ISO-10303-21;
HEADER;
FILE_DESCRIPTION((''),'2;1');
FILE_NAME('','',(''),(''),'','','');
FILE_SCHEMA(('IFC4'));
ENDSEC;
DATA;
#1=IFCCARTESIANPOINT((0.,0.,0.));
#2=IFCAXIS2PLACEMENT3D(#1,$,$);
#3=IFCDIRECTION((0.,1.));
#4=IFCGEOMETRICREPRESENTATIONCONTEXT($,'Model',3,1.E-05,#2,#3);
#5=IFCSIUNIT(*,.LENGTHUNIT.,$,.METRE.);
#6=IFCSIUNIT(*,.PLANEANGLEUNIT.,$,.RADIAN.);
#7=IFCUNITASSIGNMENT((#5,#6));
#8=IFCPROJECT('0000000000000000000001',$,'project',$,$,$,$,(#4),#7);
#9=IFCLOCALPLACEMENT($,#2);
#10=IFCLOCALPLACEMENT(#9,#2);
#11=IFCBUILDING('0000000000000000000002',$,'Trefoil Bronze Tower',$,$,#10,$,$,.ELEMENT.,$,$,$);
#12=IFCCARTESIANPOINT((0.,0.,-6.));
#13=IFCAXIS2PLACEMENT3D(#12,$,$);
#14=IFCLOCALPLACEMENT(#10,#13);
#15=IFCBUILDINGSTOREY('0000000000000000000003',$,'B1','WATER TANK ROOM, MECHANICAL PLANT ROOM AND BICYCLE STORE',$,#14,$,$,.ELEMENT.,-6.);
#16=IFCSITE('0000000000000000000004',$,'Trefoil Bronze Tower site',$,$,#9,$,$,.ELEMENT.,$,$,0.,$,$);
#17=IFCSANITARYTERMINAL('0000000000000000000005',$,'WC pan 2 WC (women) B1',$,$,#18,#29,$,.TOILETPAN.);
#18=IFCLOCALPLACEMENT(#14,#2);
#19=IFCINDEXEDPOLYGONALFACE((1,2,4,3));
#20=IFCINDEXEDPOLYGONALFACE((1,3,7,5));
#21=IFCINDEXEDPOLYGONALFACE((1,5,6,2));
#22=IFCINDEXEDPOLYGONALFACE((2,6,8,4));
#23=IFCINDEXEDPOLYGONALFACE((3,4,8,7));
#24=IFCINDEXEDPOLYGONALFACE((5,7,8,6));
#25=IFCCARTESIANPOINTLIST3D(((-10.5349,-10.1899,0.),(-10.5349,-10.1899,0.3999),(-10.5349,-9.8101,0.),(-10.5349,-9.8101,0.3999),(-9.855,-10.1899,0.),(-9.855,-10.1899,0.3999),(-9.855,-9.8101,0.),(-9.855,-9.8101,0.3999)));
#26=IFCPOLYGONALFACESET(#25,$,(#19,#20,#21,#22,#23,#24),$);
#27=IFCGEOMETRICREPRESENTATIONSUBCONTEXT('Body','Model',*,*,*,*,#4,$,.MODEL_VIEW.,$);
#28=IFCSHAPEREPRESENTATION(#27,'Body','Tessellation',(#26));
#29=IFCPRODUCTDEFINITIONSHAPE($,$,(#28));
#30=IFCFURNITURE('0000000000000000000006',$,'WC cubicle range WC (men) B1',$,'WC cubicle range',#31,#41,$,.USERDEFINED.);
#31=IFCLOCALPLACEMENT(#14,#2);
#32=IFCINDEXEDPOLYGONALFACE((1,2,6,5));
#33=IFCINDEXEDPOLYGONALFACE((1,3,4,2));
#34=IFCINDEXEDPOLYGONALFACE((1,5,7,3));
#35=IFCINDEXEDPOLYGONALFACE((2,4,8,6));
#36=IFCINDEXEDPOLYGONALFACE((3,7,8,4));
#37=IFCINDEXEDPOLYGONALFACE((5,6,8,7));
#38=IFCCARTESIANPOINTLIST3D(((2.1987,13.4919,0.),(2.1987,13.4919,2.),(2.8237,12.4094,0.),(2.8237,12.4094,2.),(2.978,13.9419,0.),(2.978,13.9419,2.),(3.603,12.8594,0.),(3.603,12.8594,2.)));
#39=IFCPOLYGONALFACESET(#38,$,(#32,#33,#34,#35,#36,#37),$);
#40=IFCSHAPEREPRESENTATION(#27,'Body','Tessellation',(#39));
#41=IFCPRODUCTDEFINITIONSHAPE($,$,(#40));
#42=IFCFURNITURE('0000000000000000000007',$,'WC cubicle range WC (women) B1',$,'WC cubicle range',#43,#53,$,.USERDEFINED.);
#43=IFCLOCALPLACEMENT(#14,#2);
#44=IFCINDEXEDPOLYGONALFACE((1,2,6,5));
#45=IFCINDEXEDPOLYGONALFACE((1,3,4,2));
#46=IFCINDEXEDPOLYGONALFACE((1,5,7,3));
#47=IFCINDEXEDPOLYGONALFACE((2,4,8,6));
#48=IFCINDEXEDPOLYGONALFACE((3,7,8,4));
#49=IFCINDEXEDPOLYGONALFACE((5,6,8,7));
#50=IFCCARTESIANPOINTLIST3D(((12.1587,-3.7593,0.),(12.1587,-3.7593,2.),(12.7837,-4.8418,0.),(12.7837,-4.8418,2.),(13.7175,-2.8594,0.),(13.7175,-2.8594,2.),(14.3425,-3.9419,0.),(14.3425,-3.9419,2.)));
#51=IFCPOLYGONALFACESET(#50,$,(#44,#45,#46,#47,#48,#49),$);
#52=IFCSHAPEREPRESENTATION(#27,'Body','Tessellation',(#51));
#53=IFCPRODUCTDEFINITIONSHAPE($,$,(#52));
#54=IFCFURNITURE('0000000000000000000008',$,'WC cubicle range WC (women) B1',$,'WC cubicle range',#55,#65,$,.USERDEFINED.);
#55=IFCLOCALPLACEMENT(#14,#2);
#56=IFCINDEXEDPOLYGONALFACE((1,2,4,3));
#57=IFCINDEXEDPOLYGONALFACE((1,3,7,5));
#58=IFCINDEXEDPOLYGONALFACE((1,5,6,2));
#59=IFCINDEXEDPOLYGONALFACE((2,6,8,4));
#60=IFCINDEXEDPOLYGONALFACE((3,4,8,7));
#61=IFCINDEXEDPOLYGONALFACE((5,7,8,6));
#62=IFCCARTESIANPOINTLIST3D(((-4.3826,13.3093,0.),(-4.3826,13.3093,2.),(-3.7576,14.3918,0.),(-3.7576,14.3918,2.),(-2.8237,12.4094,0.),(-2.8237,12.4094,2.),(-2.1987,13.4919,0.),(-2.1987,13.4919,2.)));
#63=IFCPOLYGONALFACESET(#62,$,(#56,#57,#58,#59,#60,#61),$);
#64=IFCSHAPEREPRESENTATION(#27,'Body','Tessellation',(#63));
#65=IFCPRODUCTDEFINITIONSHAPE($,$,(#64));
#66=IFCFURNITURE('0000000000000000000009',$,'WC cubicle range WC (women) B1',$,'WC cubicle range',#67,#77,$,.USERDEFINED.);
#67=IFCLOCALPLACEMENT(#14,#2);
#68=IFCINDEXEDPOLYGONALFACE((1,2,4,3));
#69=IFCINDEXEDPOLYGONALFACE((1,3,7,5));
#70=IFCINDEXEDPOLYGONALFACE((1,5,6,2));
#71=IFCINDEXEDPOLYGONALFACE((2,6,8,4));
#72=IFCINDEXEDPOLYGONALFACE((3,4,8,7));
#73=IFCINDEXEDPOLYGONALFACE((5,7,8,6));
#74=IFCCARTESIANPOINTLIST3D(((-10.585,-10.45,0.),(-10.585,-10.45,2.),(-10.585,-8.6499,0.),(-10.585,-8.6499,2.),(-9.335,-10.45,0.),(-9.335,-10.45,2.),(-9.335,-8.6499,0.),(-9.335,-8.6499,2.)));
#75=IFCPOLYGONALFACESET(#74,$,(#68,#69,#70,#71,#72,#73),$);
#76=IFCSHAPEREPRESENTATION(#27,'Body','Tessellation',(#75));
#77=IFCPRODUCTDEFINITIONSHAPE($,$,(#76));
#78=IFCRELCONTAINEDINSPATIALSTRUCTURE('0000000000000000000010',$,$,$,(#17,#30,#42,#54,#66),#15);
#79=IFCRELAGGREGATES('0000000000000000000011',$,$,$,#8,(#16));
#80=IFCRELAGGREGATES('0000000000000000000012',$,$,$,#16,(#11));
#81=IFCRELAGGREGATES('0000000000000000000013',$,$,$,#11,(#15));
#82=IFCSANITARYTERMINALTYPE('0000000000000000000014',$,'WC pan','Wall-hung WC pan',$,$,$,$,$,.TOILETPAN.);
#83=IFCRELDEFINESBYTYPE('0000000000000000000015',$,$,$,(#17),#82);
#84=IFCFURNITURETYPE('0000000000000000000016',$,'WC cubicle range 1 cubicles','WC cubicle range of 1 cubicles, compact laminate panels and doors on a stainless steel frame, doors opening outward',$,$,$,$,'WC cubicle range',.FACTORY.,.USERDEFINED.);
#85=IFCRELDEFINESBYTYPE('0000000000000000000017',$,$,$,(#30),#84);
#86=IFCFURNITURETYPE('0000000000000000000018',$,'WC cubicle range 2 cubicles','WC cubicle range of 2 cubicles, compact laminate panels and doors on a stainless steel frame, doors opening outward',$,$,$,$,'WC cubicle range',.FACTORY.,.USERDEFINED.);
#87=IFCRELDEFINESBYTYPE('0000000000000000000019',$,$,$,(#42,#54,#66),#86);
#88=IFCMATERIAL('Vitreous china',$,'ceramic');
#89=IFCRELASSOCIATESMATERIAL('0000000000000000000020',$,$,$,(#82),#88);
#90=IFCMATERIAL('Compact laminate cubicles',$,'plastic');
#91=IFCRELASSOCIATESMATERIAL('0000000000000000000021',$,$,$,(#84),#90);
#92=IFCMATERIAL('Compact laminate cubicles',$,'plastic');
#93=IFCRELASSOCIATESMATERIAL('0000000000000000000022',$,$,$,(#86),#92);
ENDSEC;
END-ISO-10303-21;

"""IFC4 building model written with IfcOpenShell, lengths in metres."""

from ifc_helpers import new_model, si_unit, direction, frame, origin, place, context, subcontext, project, spatial, polyline, outline, extrude, material, type_object, element, save


model = new_model("IFC4")

# Units and contexts
model_context = context("Model", 3, precision=1e-05, world=origin(), true_north=direction((0.0, 1.0)))
body_context = subcontext(model_context, "Body", "Model", "MODEL_VIEW")
ifc_project = project(units=[si_unit("LENGTHUNIT", "METRE"), si_unit("PLANEANGLEUNIT", "RADIAN")], contexts=[model_context])

# Site, building, storey
site_placement = place(None, origin())
site = spatial("IfcSite", under=ifc_project, at=site_placement, Name="Trefoil Bronze Tower site", CompositionType="ELEMENT", RefElevation=0.0)
building_placement = place(site_placement, origin())
building = spatial("IfcBuilding", under=site, at=building_placement, Name="Trefoil Bronze Tower", CompositionType="ELEMENT")
storey_placement = place(building_placement, frame((0.0, 0.0, -6.0)))
storey = spatial("IfcBuildingStorey", under=building, at=storey_placement, Name="B1", Description="WATER TANK ROOM, MECHANICAL PLANT ROOM AND BICYCLE STORE", CompositionType="ELEMENT", Elevation=-6.0)

# Sanitary terminal
ifc_material_1 = material(Name="Vitreous china", Category="ceramic")
sanitary_terminal_type_1 = type_object("IfcSanitaryTerminalType", Name="WC pan", Description="Wall-hung WC pan", PredefinedType="TOILETPAN", material=ifc_material_1)
sanitary_terminal_1_placement = place(storey_placement, origin())
element("IfcSanitaryTerminal", 1, at=sanitary_terminal_1_placement, inside=storey, type_object=sanitary_terminal_type_1, Name="WC pan 2 WC (women) B1", PredefinedType="TOILETPAN", context=body_context, shape_type="SweptSolid", body=[
    extrude(outline(polyline([(-9.855, -9.8101), (-10.5349, -9.8101), (-10.5349, -10.1899), (-9.855, -10.1899), (-9.855, -9.8101)])), origin(), (0.0, 0.0, 1.0), 0.3999),
])

# Furniture
ifc_material_2 = material(Name="Compact laminate cubicles", Category="plastic")
furniture_type_1 = type_object("IfcFurnitureType", Name="WC cubicle range 1 cubicles", Description="WC cubicle range of 1 cubicles, compact laminate panels and doors on a stainless steel frame, doors opening outward", ElementType="WC cubicle range", AssemblyPlace="FACTORY", PredefinedType="USERDEFINED", material=ifc_material_2)
furniture_1_placement = place(storey_placement, origin())
element("IfcFurniture", 2, at=furniture_1_placement, inside=storey, type_object=furniture_type_1, Name="WC cubicle range WC (men) B1", ObjectType="WC cubicle range", PredefinedType="USERDEFINED", context=body_context, shape_type="SweptSolid", body=[
    extrude(outline(polyline([(2.8237, 12.4094), (2.1987, 13.4919), (2.978, 13.9419), (3.603, 12.8594), (2.8237, 12.4094)])), origin(), (0.0, 0.0, 1.0), 2.0),
])
ifc_material_3 = material(Name="Compact laminate cubicles", Category="plastic")
furniture_type_2 = type_object("IfcFurnitureType", Name="WC cubicle range 2 cubicles", Description="WC cubicle range of 2 cubicles, compact laminate panels and doors on a stainless steel frame, doors opening outward", ElementType="WC cubicle range", AssemblyPlace="FACTORY", PredefinedType="USERDEFINED", material=ifc_material_3)
furniture_2_placement = place(storey_placement, origin())
element("IfcFurniture", 3, at=furniture_2_placement, inside=storey, type_object=furniture_type_2, Name="WC cubicle range WC (women) B1", ObjectType="WC cubicle range", PredefinedType="USERDEFINED", context=body_context, shape_type="SweptSolid", body=[
    extrude(outline(polyline([(12.1587, -3.7593), (12.7837, -4.8418), (14.3425, -3.9419), (13.7175, -2.8594), (12.1587, -3.7593)])), origin(), (0.0, 0.0, 1.0), 2.0),
])
furniture_3_placement = place(storey_placement, origin())
element("IfcFurniture", 4, at=furniture_3_placement, inside=storey, type_object=furniture_type_2, Name="WC cubicle range WC (women) B1", ObjectType="WC cubicle range", PredefinedType="USERDEFINED", context=body_context, shape_type="SweptSolid", body=[
    extrude(outline(polyline([(-2.8237, 12.4094), (-2.1987, 13.4919), (-3.7576, 14.3918), (-4.3826, 13.3093), (-2.8237, 12.4094)])), origin(), (0.0, 0.0, 1.0), 2.0),
])
furniture_4_placement = place(storey_placement, origin())
element("IfcFurniture", 5, at=furniture_4_placement, inside=storey, type_object=furniture_type_2, Name="WC cubicle range WC (women) B1", ObjectType="WC cubicle range", PredefinedType="USERDEFINED", context=body_context, shape_type="SweptSolid", body=[
    extrude(outline(polyline([(-9.335, -8.6499), (-10.585, -8.6499), (-10.585, -10.45), (-9.335, -10.45), (-9.335, -8.6499)])), origin(), (0.0, 0.0, 1.0), 2.0),
])

save(model, "model.ifc")
